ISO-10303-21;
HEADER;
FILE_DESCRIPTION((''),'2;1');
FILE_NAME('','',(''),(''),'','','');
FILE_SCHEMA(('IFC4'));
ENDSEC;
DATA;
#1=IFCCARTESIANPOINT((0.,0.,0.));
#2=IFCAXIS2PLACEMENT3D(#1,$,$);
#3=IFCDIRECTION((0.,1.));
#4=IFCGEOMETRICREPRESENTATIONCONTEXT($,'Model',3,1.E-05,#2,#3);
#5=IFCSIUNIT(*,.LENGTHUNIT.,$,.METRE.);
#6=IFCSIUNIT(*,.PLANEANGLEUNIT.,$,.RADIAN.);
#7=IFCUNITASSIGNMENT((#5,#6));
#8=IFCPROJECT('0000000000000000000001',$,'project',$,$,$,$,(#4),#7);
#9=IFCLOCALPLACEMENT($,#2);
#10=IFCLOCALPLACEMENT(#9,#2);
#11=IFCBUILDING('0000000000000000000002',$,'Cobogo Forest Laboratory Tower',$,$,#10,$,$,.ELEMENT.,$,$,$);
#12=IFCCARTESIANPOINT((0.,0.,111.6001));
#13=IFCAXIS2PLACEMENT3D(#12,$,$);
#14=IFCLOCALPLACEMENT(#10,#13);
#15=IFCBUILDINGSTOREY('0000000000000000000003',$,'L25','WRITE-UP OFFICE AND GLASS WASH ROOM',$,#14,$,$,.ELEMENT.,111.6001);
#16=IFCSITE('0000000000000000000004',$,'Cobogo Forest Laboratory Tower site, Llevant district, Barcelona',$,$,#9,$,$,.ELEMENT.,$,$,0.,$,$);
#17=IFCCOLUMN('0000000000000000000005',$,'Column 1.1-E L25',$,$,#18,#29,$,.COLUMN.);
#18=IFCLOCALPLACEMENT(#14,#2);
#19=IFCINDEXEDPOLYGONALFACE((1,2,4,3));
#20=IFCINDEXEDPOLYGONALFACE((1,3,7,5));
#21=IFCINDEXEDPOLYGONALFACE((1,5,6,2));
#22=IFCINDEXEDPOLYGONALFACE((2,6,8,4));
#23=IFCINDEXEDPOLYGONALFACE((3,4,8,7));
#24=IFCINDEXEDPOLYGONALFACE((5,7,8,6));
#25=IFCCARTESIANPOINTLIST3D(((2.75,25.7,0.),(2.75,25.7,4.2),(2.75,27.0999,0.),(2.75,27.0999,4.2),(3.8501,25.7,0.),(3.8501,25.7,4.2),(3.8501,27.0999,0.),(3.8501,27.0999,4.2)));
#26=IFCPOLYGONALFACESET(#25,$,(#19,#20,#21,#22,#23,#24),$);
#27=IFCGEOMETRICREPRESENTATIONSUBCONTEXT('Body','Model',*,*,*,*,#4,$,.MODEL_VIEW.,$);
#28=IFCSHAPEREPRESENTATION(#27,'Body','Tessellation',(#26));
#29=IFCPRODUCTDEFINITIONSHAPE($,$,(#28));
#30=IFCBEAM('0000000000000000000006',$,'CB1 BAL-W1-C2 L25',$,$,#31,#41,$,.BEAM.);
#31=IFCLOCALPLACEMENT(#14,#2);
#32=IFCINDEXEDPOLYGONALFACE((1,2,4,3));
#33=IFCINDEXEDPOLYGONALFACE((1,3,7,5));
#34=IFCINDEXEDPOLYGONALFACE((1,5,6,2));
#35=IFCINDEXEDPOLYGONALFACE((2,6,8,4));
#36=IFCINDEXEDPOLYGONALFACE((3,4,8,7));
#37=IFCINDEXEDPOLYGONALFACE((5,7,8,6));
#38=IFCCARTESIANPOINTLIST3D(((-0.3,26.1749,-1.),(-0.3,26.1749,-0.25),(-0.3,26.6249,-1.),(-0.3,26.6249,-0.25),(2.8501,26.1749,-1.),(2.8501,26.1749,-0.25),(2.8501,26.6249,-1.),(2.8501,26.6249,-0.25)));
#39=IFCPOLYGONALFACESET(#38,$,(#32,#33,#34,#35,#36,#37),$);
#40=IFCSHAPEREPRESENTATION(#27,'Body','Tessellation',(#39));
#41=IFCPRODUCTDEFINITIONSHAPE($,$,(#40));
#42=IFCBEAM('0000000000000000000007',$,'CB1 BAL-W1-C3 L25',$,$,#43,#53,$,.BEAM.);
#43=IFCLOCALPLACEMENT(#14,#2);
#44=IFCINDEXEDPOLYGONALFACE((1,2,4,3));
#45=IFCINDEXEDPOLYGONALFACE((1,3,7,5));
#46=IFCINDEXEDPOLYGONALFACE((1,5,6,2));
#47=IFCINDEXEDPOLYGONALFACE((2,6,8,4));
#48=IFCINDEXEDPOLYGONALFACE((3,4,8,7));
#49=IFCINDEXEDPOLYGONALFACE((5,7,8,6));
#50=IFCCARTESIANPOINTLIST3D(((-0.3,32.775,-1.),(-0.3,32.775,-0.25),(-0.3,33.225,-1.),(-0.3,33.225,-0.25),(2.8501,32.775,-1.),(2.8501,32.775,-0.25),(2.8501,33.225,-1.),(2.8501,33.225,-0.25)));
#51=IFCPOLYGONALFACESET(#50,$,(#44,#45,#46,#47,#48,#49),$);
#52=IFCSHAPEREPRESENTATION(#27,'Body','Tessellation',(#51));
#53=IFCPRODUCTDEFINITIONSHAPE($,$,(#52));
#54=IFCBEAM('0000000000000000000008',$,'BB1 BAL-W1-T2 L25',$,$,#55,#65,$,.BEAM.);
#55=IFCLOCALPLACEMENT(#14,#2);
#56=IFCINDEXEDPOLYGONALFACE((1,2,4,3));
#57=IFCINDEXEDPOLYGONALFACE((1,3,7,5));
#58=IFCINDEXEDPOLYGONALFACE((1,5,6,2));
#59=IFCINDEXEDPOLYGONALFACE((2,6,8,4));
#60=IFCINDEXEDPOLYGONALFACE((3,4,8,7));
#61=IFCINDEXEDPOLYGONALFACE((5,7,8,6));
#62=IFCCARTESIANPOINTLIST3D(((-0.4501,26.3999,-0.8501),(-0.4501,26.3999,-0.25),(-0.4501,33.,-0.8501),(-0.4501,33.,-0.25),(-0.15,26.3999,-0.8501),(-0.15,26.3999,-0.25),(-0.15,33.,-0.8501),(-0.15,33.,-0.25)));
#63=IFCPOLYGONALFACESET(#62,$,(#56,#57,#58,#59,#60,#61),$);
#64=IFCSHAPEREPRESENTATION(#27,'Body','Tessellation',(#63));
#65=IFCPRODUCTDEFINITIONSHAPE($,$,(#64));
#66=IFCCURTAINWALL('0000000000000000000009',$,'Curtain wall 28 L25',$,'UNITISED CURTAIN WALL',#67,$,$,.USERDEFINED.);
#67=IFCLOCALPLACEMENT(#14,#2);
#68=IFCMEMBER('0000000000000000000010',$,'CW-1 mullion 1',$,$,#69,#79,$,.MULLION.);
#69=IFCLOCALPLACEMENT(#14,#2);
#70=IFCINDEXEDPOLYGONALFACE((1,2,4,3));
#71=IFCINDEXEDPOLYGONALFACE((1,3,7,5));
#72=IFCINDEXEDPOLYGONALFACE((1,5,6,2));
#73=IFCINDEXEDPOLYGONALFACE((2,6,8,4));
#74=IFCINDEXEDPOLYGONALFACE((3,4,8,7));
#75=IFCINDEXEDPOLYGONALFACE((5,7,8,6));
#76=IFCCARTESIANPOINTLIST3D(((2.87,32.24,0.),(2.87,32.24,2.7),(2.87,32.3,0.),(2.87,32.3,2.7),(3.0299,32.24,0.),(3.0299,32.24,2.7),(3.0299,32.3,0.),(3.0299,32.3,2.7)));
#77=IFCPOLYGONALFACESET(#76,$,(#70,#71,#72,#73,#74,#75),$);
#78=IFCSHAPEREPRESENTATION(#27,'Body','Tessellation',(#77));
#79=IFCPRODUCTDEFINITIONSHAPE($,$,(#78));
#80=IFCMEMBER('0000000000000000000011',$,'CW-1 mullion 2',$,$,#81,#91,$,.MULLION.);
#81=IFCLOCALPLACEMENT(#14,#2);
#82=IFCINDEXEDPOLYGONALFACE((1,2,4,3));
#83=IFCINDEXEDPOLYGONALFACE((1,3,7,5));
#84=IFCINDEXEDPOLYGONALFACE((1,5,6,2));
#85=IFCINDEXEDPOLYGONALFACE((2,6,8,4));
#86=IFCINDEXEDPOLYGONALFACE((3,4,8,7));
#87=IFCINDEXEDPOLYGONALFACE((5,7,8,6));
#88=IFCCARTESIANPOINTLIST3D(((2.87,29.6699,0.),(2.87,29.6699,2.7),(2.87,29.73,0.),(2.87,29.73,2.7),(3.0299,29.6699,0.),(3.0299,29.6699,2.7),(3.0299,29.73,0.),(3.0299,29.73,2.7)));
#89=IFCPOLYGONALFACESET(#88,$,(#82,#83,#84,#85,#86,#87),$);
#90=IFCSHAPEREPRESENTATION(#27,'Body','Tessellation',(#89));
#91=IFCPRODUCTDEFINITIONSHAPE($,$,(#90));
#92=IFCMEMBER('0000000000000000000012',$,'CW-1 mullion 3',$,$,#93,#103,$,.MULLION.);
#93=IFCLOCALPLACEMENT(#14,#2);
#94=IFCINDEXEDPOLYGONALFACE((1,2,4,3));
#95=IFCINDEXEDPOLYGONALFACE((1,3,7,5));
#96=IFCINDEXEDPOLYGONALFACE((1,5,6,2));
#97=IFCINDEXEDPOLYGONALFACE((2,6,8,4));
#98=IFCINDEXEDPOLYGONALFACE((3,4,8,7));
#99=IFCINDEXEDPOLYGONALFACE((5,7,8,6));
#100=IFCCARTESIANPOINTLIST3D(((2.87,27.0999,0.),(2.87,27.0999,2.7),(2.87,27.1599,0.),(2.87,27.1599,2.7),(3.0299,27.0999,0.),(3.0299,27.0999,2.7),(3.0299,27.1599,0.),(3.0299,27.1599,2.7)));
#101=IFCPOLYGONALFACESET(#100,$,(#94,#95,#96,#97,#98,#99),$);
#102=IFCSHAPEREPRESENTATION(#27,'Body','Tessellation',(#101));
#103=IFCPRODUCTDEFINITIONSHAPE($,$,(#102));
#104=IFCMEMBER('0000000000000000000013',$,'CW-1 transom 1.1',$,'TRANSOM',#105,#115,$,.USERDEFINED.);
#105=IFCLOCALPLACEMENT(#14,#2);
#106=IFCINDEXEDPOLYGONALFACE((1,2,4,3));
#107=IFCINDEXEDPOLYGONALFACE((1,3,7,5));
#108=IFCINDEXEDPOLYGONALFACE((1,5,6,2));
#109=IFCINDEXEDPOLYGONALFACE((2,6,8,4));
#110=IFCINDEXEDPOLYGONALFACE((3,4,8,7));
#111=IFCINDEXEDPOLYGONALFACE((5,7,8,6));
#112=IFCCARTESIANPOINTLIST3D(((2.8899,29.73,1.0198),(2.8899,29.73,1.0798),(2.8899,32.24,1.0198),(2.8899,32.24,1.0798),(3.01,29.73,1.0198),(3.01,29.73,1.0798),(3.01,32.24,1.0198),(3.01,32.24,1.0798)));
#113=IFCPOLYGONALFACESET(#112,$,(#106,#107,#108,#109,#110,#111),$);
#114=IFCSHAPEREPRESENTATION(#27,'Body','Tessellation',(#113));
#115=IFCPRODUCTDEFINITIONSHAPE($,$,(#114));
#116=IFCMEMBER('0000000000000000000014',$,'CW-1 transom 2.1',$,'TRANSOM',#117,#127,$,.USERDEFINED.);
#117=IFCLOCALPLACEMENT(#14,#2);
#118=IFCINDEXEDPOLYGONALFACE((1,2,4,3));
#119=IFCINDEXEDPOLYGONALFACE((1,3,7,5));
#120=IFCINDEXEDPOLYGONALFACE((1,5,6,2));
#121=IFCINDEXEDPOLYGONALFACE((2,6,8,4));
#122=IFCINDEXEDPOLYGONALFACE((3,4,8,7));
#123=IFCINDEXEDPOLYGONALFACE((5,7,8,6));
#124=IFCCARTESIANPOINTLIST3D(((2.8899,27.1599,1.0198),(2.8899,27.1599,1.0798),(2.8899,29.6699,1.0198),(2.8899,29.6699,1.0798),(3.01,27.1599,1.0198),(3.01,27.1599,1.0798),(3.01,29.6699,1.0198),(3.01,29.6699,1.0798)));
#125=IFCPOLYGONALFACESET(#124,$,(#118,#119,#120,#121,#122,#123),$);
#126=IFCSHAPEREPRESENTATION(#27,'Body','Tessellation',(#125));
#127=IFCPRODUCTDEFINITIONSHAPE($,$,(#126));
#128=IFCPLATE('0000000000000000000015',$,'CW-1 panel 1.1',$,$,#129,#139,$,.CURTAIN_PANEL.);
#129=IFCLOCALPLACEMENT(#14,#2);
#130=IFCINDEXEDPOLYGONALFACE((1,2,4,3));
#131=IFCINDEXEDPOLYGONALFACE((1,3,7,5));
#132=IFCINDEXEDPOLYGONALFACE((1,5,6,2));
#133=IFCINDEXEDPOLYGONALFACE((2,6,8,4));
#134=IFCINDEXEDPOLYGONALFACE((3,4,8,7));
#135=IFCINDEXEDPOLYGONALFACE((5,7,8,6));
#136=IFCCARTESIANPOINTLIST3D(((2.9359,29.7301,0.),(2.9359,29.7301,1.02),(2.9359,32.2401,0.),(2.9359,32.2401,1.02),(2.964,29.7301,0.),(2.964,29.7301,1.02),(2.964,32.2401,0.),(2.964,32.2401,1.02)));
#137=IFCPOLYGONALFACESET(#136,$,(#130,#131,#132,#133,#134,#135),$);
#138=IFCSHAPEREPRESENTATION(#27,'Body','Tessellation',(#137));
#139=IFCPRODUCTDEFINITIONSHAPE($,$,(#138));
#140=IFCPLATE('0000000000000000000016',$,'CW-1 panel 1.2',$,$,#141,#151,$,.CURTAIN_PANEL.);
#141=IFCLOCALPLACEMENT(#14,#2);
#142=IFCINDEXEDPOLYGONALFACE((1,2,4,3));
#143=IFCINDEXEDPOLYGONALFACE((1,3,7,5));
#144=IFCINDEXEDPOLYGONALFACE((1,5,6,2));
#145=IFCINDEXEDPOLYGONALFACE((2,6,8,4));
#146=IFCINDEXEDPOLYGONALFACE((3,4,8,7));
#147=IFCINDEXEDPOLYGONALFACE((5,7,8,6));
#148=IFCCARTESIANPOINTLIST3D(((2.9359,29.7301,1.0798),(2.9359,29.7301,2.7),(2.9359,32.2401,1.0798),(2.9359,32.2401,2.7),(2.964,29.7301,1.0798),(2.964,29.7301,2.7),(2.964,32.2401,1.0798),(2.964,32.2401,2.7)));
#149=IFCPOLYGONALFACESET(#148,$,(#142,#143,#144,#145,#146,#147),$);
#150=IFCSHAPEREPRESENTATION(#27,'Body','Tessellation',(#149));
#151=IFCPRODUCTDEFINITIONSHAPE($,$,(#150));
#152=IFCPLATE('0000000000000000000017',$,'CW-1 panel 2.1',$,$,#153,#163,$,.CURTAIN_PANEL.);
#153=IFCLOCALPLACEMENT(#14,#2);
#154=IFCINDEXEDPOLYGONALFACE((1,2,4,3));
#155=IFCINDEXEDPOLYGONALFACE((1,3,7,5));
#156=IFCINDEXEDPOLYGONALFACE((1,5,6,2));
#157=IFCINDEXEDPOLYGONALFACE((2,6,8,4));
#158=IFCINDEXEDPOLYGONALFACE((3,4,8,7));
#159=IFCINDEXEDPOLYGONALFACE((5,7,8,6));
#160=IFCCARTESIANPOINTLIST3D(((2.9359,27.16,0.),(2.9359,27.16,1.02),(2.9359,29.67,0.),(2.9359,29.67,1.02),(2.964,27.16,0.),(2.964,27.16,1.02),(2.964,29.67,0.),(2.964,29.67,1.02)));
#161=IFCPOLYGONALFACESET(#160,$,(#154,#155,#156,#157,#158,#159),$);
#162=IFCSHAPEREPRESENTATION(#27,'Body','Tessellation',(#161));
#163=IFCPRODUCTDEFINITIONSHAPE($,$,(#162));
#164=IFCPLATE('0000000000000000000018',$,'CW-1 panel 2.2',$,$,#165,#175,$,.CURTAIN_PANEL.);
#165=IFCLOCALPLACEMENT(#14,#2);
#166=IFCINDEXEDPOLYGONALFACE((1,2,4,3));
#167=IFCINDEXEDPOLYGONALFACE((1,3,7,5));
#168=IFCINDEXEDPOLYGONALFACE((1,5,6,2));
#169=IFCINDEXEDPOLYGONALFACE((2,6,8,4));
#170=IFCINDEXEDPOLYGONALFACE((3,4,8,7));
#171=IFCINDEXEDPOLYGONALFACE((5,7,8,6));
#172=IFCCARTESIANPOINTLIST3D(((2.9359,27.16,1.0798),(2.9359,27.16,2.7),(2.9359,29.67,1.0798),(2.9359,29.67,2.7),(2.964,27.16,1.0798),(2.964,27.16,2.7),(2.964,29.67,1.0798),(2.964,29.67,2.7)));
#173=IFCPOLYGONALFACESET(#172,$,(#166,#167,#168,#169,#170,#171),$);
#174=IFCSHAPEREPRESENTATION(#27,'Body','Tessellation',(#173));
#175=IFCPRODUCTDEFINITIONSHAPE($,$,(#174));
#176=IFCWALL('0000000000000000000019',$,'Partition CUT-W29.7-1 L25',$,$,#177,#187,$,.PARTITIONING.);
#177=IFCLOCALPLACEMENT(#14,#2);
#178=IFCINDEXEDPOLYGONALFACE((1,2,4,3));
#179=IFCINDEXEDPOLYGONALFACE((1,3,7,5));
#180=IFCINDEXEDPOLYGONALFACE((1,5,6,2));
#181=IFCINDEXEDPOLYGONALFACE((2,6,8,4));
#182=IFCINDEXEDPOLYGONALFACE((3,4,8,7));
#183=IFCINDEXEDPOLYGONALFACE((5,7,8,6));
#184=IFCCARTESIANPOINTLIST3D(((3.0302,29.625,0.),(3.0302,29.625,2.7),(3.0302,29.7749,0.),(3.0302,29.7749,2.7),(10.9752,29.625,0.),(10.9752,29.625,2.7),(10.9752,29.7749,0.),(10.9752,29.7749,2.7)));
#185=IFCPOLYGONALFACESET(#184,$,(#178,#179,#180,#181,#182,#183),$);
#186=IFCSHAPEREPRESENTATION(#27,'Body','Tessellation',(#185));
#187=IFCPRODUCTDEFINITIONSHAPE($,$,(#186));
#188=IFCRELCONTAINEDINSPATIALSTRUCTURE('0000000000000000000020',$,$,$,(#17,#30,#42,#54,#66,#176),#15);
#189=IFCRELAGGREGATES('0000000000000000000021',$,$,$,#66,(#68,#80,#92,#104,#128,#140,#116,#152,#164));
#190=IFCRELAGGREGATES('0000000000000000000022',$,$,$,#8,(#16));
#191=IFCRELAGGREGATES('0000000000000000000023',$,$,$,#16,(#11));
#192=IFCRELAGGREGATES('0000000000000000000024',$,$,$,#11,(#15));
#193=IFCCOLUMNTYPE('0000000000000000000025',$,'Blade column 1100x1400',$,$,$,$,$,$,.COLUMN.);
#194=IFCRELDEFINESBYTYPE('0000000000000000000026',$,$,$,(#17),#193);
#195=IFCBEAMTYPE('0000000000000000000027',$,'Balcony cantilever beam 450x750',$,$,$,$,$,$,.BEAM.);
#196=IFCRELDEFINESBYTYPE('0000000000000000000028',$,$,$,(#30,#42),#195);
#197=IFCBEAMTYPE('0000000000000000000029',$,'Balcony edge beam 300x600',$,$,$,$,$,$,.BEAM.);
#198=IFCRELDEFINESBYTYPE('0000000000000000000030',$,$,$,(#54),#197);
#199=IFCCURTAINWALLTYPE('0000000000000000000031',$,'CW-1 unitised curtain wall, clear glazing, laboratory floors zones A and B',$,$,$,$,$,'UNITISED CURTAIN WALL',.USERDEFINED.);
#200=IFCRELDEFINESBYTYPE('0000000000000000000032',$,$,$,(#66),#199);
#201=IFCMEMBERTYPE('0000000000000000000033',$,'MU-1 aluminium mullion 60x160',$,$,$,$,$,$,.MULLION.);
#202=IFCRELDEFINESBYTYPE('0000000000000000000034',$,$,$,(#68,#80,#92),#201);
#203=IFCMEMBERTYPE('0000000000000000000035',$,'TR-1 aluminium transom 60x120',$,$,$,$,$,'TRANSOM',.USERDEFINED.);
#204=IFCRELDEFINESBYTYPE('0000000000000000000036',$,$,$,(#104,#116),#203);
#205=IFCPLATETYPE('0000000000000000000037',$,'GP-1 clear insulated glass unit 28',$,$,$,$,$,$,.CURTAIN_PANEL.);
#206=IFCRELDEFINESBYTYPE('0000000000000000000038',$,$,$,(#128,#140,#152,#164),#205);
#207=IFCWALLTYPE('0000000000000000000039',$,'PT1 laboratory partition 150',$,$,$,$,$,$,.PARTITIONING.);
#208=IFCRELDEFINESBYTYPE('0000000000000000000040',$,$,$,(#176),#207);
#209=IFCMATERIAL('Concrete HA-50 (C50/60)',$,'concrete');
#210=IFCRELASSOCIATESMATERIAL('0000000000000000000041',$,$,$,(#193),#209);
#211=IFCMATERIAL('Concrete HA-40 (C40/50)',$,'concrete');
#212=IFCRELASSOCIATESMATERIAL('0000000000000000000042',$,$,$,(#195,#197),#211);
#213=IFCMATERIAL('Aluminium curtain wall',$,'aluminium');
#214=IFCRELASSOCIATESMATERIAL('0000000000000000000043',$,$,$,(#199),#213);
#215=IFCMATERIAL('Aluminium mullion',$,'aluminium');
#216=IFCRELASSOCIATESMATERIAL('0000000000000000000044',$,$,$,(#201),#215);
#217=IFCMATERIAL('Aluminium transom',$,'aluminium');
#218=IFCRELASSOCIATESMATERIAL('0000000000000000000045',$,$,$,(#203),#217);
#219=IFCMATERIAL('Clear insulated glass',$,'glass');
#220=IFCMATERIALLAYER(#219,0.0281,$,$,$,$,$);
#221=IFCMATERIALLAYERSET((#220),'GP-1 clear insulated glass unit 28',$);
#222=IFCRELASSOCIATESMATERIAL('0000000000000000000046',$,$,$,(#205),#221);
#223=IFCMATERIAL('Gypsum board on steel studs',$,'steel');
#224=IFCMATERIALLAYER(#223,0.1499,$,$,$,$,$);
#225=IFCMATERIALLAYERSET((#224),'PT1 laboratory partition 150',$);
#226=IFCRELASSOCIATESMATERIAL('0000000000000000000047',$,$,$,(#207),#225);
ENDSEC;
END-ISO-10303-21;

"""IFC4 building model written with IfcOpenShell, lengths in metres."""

from ifc_helpers import new_model, si_unit, direction, frame, frame_2d, origin, origin_2d, place, context, subcontext, project, spatial, rectangle, extrude, material, layer, layer_set, material_profile, profile_set, type_object, element, aggregate, save


model = new_model("IFC4")

# Units and contexts
model_context = context("Model", 3, precision=1e-05, world=origin(), true_north=direction((0.0, 1.0)))
body_context = subcontext(model_context, "Body", "Model", "MODEL_VIEW")
ifc_project = project(units=[si_unit("LENGTHUNIT", "METRE"), si_unit("PLANEANGLEUNIT", "RADIAN")], contexts=[model_context])

# Site, building, storey
site_placement = place(None, origin())
site = spatial("IfcSite", under=ifc_project, at=site_placement, Name="Cobogo Forest Laboratory Tower site, Llevant district, Barcelona", CompositionType="ELEMENT", RefElevation=0.0)
building_placement = place(site_placement, origin())
building = spatial("IfcBuilding", under=site, at=building_placement, Name="Cobogo Forest Laboratory Tower", CompositionType="ELEMENT")
storey_placement = place(building_placement, frame((0.0, 0.0, 111.6001)))
storey = spatial("IfcBuildingStorey", under=building, at=storey_placement, Name="L25", Description="WRITE-UP OFFICE AND GLASS WASH ROOM", CompositionType="ELEMENT", Elevation=111.6001)

# Column
ifc_material_1 = material(Name="Concrete HA-50 (C50/60)", Category="concrete")
ifc_material_profile_1 = material_profile(ifc_material_1, rectangle(XDim=1.3999, YDim=1.1001, at=origin_2d()), Name="RC 1100x1400")
ifc_profile_set_1 = profile_set([ifc_material_profile_1], Name="Concrete HA-50 (C50/60)")
column_type = type_object("IfcColumnType", Name="Blade column 1100x1400", PredefinedType="COLUMN", material=ifc_profile_set_1)
column_placement = place(storey_placement, frame((3.3, 26.3999, 0.0), z_axis=(0.0, 0.0, 1.0), x_axis=(0.0, 1.0, 0.0)))
element("IfcColumn", 1, at=column_placement, inside=storey, type_object=column_type, Name="Column 1.1-E L25", PredefinedType="COLUMN", context=body_context, shape_type="SweptSolid", body=[
    extrude(rectangle(XDim=1.3999, YDim=1.1001, at=origin_2d()), origin(), (0.0, 0.0, 1.0), 4.2),
])

# Beams
ifc_material_2 = material(Name="Concrete HA-40 (C40/50)", Category="concrete")
ifc_material_profile_2 = material_profile(ifc_material_2, rectangle(XDim=0.45, YDim=0.75, at=origin_2d()), Name="RC 450x750")
ifc_profile_set_2 = profile_set([ifc_material_profile_2], Name="Concrete HA-40 (C40/50)")
beam_type_1 = type_object("IfcBeamType", Name="Balcony cantilever beam 450x750", PredefinedType="BEAM", material=ifc_profile_set_2)
for number, where, z_axis, x_axis, name in (
    (2, (2.8501, 26.3999, -0.625), (-1.0, 0.0, 0.0), (0.0, -1.0, 0.0), "CB1 BAL-W1-C2 L25"),
    (3, (2.8501, 33.0, -0.625), (-1.0, 0.0, 0.0), (0.0, -1.0, 0.0), "CB1 BAL-W1-C3 L25"),
):
    element("IfcBeam", number, at=place(storey_placement, frame(where, z_axis=z_axis, x_axis=x_axis)), inside=storey, type_object=beam_type_1, Name=name, PredefinedType="BEAM", context=body_context, shape_type="SweptSolid", body=[
        extrude(rectangle(XDim=0.45, YDim=0.75, at=origin_2d()), origin(), (0.0, 0.0, 1.0), 3.1501),
    ])
ifc_material_profile_3 = material_profile(ifc_material_2, rectangle(XDim=0.3, YDim=0.6001, at=origin_2d()), Name="RC 300x600")
ifc_profile_set_3 = profile_set([ifc_material_profile_3], Name="Concrete HA-40 (C40/50)")
beam_type_2 = type_object("IfcBeamType", Name="Balcony edge beam 300x600", PredefinedType="BEAM", material=ifc_profile_set_3)
beam_placement = place(storey_placement, frame((-0.3, 26.3999, -0.55), z_axis=(0.0, 1.0, 0.0), x_axis=(-1.0, 0.0, 0.0)))
element("IfcBeam", 4, at=beam_placement, inside=storey, type_object=beam_type_2, Name="BB1 BAL-W1-T2 L25", PredefinedType="BEAM", context=body_context, shape_type="SweptSolid", body=[
    extrude(rectangle(XDim=0.3, YDim=0.6001, at=origin_2d()), origin(), (0.0, 0.0, 1.0), 6.6001),
])

# Curtain wall, members, plates
ifc_material_3 = material(Name="Aluminium curtain wall", Category="aluminium")
curtain_wall_type = type_object("IfcCurtainWallType", Name="CW-1 unitised curtain wall, clear glazing, laboratory floors zones A and B", ElementType="UNITISED CURTAIN WALL", PredefinedType="USERDEFINED", material=ifc_material_3)
curtain_wall_placement = place(storey_placement, origin())
curtain_wall = element("IfcCurtainWall", 5, at=curtain_wall_placement, inside=storey, type_object=curtain_wall_type, Name="Curtain wall 28 L25", ObjectType="UNITISED CURTAIN WALL", PredefinedType="USERDEFINED")
ifc_material_4 = material(Name="Aluminium mullion", Category="aluminium")
ifc_material_profile_4 = material_profile(ifc_material_4, rectangle(XDim=0.0601, YDim=0.1599, at=origin_2d()), Name="AL 60x160")
ifc_profile_set_4 = profile_set([ifc_material_profile_4], Name="Aluminium mullion")
member_type_1 = type_object("IfcMemberType", Name="MU-1 aluminium mullion 60x160", PredefinedType="MULLION", material=ifc_profile_set_4)
member_1_placement = place(storey_placement, frame((2.95, 32.27, 0.0), z_axis=(0.0, 0.0, 1.0), x_axis=(0.0, -1.0, 0.0)))
member_1 = element("IfcMember", 6, at=member_1_placement, type_object=member_type_1, Name="CW-1 mullion 1", PredefinedType="MULLION", context=body_context, shape_type="SweptSolid", body=[
    extrude(rectangle(XDim=0.0601, YDim=0.1599, at=origin_2d()), origin(), (0.0, 0.0, 1.0), 2.7),
])
member_2_placement = place(storey_placement, frame((2.95, 29.7, 0.0), z_axis=(0.0, 0.0, 1.0), x_axis=(0.0, -1.0, 0.0)))
member_2 = element("IfcMember", 7, at=member_2_placement, type_object=member_type_1, Name="CW-1 mullion 2", PredefinedType="MULLION", context=body_context, shape_type="SweptSolid", body=[
    extrude(rectangle(XDim=0.0601, YDim=0.1599, at=origin_2d()), origin(), (0.0, 0.0, 1.0), 2.7),
])
member_3_placement = place(storey_placement, frame((2.95, 27.1299, 0.0), z_axis=(0.0, 0.0, 1.0), x_axis=(0.0, -1.0, 0.0)))
member_3 = element("IfcMember", 8, at=member_3_placement, type_object=member_type_1, Name="CW-1 mullion 3", PredefinedType="MULLION", context=body_context, shape_type="SweptSolid", body=[
    extrude(rectangle(XDim=0.0601, YDim=0.1599, at=origin_2d()), origin(), (0.0, 0.0, 1.0), 2.7),
])
ifc_material_5 = material(Name="Aluminium transom", Category="aluminium")
ifc_material_profile_5 = material_profile(ifc_material_5, rectangle(XDim=0.1201, YDim=0.0601, at=origin_2d()), Name="AL 60x120")
ifc_profile_set_5 = profile_set([ifc_material_profile_5], Name="Aluminium transom")
member_type_2 = type_object("IfcMemberType", Name="TR-1 aluminium transom 60x120", ElementType="TRANSOM", PredefinedType="USERDEFINED", material=ifc_profile_set_5)
member_4_placement = place(storey_placement, frame((2.95, 32.24, 1.0498), z_axis=(0.0, -1.0, 0.0), x_axis=(1.0, 0.0, 0.0)))
member_4 = element("IfcMember", 9, at=member_4_placement, type_object=member_type_2, Name="CW-1 transom 1.1", ObjectType="TRANSOM", PredefinedType="USERDEFINED", context=body_context, shape_type="SweptSolid", body=[
    extrude(rectangle(XDim=0.1201, YDim=0.0601, at=origin_2d()), origin(), (0.0, 0.0, 1.0), 2.51),
])
member_5_placement = place(storey_placement, frame((2.95, 29.6699, 1.0498), z_axis=(0.0, -1.0, 0.0), x_axis=(1.0, 0.0, 0.0)))
member_5 = element("IfcMember", 10, at=member_5_placement, type_object=member_type_2, Name="CW-1 transom 2.1", ObjectType="TRANSOM", PredefinedType="USERDEFINED", context=body_context, shape_type="SweptSolid", body=[
    extrude(rectangle(XDim=0.1201, YDim=0.0601, at=origin_2d()), origin(), (0.0, 0.0, 1.0), 2.51),
])
ifc_material_6 = material(Name="Clear insulated glass", Category="glass")
ifc_layer_1 = layer(ifc_material_6, 0.0281)
ifc_layer_set_1 = layer_set([ifc_layer_1], Name="GP-1 clear insulated glass unit 28")
plate_type = type_object("IfcPlateType", Name="GP-1 clear insulated glass unit 28", PredefinedType="CURTAIN_PANEL", material=ifc_layer_set_1)
plate_1_placement = place(storey_placement, frame((2.95, 30.9851, 0.0), z_axis=(0.0, 0.0, 1.0), x_axis=(0.0, -1.0, 0.0)))
plate_1 = element("IfcPlate", 11, at=plate_1_placement, type_object=plate_type, Name="CW-1 panel 1.1", PredefinedType="CURTAIN_PANEL", context=body_context, shape_type="SweptSolid", body=[
    extrude(rectangle(XDim=2.51, YDim=0.0281, at=origin_2d()), origin(), (0.0, 0.0, 1.0), 1.02),
])
plate_2_placement = place(storey_placement, frame((2.95, 30.9851, 1.0798), z_axis=(0.0, 0.0, 1.0), x_axis=(0.0, -1.0, 0.0)))
plate_2 = element("IfcPlate", 12, at=plate_2_placement, type_object=plate_type, Name="CW-1 panel 1.2", PredefinedType="CURTAIN_PANEL", context=body_context, shape_type="SweptSolid", body=[
    extrude(rectangle(XDim=2.51, YDim=0.0281, at=origin_2d()), origin(), (0.0, 0.0, 1.0), 1.6201),
])
plate_3_placement = place(storey_placement, frame((2.95, 28.415, 0.0), z_axis=(0.0, 0.0, 1.0), x_axis=(0.0, -1.0, 0.0)))
plate_3 = element("IfcPlate", 13, at=plate_3_placement, type_object=plate_type, Name="CW-1 panel 2.1", PredefinedType="CURTAIN_PANEL", context=body_context, shape_type="SweptSolid", body=[
    extrude(rectangle(XDim=2.51, YDim=0.0281, at=origin_2d()), origin(), (0.0, 0.0, 1.0), 1.02),
])
plate_4_placement = place(storey_placement, frame((2.95, 28.415, 1.0798), z_axis=(0.0, 0.0, 1.0), x_axis=(0.0, -1.0, 0.0)))
plate_4 = element("IfcPlate", 14, at=plate_4_placement, type_object=plate_type, Name="CW-1 panel 2.2", PredefinedType="CURTAIN_PANEL", context=body_context, shape_type="SweptSolid", body=[
    extrude(rectangle(XDim=2.51, YDim=0.0281, at=origin_2d()), origin(), (0.0, 0.0, 1.0), 1.6201),
])
aggregate(curtain_wall, [member_1, member_2, member_3, member_4, plate_1, plate_2, member_5, plate_3, plate_4])

# Wall
ifc_material_7 = material(Name="Gypsum board on steel studs", Category="steel")
ifc_layer_2 = layer(ifc_material_7, 0.1499)
ifc_layer_set_2 = layer_set([ifc_layer_2], Name="PT1 laboratory partition 150")
wall_type_1 = type_object("IfcWallType", Name="PT1 laboratory partition 150", PredefinedType="PARTITIONING", material=ifc_layer_set_2)
wall_1_placement = place(storey_placement, frame((3.03, 29.7, 0.0), z_axis=(0.0, 0.0, 1.0), x_axis=(1.0, 0.0, 0.0)))
element("IfcWall", 15, at=wall_1_placement, inside=storey, type_object=wall_type_1, Name="Partition CUT-W29.7-1 L25", PredefinedType="PARTITIONING", context=body_context, shape_type="SweptSolid", body=[
    extrude(rectangle(XDim=7.9451, YDim=0.1499, at=frame_2d((3.9727, 0.0))), origin(), (0.0, 0.0, 1.0), 2.7),
])

save(model, "model.ifc")
